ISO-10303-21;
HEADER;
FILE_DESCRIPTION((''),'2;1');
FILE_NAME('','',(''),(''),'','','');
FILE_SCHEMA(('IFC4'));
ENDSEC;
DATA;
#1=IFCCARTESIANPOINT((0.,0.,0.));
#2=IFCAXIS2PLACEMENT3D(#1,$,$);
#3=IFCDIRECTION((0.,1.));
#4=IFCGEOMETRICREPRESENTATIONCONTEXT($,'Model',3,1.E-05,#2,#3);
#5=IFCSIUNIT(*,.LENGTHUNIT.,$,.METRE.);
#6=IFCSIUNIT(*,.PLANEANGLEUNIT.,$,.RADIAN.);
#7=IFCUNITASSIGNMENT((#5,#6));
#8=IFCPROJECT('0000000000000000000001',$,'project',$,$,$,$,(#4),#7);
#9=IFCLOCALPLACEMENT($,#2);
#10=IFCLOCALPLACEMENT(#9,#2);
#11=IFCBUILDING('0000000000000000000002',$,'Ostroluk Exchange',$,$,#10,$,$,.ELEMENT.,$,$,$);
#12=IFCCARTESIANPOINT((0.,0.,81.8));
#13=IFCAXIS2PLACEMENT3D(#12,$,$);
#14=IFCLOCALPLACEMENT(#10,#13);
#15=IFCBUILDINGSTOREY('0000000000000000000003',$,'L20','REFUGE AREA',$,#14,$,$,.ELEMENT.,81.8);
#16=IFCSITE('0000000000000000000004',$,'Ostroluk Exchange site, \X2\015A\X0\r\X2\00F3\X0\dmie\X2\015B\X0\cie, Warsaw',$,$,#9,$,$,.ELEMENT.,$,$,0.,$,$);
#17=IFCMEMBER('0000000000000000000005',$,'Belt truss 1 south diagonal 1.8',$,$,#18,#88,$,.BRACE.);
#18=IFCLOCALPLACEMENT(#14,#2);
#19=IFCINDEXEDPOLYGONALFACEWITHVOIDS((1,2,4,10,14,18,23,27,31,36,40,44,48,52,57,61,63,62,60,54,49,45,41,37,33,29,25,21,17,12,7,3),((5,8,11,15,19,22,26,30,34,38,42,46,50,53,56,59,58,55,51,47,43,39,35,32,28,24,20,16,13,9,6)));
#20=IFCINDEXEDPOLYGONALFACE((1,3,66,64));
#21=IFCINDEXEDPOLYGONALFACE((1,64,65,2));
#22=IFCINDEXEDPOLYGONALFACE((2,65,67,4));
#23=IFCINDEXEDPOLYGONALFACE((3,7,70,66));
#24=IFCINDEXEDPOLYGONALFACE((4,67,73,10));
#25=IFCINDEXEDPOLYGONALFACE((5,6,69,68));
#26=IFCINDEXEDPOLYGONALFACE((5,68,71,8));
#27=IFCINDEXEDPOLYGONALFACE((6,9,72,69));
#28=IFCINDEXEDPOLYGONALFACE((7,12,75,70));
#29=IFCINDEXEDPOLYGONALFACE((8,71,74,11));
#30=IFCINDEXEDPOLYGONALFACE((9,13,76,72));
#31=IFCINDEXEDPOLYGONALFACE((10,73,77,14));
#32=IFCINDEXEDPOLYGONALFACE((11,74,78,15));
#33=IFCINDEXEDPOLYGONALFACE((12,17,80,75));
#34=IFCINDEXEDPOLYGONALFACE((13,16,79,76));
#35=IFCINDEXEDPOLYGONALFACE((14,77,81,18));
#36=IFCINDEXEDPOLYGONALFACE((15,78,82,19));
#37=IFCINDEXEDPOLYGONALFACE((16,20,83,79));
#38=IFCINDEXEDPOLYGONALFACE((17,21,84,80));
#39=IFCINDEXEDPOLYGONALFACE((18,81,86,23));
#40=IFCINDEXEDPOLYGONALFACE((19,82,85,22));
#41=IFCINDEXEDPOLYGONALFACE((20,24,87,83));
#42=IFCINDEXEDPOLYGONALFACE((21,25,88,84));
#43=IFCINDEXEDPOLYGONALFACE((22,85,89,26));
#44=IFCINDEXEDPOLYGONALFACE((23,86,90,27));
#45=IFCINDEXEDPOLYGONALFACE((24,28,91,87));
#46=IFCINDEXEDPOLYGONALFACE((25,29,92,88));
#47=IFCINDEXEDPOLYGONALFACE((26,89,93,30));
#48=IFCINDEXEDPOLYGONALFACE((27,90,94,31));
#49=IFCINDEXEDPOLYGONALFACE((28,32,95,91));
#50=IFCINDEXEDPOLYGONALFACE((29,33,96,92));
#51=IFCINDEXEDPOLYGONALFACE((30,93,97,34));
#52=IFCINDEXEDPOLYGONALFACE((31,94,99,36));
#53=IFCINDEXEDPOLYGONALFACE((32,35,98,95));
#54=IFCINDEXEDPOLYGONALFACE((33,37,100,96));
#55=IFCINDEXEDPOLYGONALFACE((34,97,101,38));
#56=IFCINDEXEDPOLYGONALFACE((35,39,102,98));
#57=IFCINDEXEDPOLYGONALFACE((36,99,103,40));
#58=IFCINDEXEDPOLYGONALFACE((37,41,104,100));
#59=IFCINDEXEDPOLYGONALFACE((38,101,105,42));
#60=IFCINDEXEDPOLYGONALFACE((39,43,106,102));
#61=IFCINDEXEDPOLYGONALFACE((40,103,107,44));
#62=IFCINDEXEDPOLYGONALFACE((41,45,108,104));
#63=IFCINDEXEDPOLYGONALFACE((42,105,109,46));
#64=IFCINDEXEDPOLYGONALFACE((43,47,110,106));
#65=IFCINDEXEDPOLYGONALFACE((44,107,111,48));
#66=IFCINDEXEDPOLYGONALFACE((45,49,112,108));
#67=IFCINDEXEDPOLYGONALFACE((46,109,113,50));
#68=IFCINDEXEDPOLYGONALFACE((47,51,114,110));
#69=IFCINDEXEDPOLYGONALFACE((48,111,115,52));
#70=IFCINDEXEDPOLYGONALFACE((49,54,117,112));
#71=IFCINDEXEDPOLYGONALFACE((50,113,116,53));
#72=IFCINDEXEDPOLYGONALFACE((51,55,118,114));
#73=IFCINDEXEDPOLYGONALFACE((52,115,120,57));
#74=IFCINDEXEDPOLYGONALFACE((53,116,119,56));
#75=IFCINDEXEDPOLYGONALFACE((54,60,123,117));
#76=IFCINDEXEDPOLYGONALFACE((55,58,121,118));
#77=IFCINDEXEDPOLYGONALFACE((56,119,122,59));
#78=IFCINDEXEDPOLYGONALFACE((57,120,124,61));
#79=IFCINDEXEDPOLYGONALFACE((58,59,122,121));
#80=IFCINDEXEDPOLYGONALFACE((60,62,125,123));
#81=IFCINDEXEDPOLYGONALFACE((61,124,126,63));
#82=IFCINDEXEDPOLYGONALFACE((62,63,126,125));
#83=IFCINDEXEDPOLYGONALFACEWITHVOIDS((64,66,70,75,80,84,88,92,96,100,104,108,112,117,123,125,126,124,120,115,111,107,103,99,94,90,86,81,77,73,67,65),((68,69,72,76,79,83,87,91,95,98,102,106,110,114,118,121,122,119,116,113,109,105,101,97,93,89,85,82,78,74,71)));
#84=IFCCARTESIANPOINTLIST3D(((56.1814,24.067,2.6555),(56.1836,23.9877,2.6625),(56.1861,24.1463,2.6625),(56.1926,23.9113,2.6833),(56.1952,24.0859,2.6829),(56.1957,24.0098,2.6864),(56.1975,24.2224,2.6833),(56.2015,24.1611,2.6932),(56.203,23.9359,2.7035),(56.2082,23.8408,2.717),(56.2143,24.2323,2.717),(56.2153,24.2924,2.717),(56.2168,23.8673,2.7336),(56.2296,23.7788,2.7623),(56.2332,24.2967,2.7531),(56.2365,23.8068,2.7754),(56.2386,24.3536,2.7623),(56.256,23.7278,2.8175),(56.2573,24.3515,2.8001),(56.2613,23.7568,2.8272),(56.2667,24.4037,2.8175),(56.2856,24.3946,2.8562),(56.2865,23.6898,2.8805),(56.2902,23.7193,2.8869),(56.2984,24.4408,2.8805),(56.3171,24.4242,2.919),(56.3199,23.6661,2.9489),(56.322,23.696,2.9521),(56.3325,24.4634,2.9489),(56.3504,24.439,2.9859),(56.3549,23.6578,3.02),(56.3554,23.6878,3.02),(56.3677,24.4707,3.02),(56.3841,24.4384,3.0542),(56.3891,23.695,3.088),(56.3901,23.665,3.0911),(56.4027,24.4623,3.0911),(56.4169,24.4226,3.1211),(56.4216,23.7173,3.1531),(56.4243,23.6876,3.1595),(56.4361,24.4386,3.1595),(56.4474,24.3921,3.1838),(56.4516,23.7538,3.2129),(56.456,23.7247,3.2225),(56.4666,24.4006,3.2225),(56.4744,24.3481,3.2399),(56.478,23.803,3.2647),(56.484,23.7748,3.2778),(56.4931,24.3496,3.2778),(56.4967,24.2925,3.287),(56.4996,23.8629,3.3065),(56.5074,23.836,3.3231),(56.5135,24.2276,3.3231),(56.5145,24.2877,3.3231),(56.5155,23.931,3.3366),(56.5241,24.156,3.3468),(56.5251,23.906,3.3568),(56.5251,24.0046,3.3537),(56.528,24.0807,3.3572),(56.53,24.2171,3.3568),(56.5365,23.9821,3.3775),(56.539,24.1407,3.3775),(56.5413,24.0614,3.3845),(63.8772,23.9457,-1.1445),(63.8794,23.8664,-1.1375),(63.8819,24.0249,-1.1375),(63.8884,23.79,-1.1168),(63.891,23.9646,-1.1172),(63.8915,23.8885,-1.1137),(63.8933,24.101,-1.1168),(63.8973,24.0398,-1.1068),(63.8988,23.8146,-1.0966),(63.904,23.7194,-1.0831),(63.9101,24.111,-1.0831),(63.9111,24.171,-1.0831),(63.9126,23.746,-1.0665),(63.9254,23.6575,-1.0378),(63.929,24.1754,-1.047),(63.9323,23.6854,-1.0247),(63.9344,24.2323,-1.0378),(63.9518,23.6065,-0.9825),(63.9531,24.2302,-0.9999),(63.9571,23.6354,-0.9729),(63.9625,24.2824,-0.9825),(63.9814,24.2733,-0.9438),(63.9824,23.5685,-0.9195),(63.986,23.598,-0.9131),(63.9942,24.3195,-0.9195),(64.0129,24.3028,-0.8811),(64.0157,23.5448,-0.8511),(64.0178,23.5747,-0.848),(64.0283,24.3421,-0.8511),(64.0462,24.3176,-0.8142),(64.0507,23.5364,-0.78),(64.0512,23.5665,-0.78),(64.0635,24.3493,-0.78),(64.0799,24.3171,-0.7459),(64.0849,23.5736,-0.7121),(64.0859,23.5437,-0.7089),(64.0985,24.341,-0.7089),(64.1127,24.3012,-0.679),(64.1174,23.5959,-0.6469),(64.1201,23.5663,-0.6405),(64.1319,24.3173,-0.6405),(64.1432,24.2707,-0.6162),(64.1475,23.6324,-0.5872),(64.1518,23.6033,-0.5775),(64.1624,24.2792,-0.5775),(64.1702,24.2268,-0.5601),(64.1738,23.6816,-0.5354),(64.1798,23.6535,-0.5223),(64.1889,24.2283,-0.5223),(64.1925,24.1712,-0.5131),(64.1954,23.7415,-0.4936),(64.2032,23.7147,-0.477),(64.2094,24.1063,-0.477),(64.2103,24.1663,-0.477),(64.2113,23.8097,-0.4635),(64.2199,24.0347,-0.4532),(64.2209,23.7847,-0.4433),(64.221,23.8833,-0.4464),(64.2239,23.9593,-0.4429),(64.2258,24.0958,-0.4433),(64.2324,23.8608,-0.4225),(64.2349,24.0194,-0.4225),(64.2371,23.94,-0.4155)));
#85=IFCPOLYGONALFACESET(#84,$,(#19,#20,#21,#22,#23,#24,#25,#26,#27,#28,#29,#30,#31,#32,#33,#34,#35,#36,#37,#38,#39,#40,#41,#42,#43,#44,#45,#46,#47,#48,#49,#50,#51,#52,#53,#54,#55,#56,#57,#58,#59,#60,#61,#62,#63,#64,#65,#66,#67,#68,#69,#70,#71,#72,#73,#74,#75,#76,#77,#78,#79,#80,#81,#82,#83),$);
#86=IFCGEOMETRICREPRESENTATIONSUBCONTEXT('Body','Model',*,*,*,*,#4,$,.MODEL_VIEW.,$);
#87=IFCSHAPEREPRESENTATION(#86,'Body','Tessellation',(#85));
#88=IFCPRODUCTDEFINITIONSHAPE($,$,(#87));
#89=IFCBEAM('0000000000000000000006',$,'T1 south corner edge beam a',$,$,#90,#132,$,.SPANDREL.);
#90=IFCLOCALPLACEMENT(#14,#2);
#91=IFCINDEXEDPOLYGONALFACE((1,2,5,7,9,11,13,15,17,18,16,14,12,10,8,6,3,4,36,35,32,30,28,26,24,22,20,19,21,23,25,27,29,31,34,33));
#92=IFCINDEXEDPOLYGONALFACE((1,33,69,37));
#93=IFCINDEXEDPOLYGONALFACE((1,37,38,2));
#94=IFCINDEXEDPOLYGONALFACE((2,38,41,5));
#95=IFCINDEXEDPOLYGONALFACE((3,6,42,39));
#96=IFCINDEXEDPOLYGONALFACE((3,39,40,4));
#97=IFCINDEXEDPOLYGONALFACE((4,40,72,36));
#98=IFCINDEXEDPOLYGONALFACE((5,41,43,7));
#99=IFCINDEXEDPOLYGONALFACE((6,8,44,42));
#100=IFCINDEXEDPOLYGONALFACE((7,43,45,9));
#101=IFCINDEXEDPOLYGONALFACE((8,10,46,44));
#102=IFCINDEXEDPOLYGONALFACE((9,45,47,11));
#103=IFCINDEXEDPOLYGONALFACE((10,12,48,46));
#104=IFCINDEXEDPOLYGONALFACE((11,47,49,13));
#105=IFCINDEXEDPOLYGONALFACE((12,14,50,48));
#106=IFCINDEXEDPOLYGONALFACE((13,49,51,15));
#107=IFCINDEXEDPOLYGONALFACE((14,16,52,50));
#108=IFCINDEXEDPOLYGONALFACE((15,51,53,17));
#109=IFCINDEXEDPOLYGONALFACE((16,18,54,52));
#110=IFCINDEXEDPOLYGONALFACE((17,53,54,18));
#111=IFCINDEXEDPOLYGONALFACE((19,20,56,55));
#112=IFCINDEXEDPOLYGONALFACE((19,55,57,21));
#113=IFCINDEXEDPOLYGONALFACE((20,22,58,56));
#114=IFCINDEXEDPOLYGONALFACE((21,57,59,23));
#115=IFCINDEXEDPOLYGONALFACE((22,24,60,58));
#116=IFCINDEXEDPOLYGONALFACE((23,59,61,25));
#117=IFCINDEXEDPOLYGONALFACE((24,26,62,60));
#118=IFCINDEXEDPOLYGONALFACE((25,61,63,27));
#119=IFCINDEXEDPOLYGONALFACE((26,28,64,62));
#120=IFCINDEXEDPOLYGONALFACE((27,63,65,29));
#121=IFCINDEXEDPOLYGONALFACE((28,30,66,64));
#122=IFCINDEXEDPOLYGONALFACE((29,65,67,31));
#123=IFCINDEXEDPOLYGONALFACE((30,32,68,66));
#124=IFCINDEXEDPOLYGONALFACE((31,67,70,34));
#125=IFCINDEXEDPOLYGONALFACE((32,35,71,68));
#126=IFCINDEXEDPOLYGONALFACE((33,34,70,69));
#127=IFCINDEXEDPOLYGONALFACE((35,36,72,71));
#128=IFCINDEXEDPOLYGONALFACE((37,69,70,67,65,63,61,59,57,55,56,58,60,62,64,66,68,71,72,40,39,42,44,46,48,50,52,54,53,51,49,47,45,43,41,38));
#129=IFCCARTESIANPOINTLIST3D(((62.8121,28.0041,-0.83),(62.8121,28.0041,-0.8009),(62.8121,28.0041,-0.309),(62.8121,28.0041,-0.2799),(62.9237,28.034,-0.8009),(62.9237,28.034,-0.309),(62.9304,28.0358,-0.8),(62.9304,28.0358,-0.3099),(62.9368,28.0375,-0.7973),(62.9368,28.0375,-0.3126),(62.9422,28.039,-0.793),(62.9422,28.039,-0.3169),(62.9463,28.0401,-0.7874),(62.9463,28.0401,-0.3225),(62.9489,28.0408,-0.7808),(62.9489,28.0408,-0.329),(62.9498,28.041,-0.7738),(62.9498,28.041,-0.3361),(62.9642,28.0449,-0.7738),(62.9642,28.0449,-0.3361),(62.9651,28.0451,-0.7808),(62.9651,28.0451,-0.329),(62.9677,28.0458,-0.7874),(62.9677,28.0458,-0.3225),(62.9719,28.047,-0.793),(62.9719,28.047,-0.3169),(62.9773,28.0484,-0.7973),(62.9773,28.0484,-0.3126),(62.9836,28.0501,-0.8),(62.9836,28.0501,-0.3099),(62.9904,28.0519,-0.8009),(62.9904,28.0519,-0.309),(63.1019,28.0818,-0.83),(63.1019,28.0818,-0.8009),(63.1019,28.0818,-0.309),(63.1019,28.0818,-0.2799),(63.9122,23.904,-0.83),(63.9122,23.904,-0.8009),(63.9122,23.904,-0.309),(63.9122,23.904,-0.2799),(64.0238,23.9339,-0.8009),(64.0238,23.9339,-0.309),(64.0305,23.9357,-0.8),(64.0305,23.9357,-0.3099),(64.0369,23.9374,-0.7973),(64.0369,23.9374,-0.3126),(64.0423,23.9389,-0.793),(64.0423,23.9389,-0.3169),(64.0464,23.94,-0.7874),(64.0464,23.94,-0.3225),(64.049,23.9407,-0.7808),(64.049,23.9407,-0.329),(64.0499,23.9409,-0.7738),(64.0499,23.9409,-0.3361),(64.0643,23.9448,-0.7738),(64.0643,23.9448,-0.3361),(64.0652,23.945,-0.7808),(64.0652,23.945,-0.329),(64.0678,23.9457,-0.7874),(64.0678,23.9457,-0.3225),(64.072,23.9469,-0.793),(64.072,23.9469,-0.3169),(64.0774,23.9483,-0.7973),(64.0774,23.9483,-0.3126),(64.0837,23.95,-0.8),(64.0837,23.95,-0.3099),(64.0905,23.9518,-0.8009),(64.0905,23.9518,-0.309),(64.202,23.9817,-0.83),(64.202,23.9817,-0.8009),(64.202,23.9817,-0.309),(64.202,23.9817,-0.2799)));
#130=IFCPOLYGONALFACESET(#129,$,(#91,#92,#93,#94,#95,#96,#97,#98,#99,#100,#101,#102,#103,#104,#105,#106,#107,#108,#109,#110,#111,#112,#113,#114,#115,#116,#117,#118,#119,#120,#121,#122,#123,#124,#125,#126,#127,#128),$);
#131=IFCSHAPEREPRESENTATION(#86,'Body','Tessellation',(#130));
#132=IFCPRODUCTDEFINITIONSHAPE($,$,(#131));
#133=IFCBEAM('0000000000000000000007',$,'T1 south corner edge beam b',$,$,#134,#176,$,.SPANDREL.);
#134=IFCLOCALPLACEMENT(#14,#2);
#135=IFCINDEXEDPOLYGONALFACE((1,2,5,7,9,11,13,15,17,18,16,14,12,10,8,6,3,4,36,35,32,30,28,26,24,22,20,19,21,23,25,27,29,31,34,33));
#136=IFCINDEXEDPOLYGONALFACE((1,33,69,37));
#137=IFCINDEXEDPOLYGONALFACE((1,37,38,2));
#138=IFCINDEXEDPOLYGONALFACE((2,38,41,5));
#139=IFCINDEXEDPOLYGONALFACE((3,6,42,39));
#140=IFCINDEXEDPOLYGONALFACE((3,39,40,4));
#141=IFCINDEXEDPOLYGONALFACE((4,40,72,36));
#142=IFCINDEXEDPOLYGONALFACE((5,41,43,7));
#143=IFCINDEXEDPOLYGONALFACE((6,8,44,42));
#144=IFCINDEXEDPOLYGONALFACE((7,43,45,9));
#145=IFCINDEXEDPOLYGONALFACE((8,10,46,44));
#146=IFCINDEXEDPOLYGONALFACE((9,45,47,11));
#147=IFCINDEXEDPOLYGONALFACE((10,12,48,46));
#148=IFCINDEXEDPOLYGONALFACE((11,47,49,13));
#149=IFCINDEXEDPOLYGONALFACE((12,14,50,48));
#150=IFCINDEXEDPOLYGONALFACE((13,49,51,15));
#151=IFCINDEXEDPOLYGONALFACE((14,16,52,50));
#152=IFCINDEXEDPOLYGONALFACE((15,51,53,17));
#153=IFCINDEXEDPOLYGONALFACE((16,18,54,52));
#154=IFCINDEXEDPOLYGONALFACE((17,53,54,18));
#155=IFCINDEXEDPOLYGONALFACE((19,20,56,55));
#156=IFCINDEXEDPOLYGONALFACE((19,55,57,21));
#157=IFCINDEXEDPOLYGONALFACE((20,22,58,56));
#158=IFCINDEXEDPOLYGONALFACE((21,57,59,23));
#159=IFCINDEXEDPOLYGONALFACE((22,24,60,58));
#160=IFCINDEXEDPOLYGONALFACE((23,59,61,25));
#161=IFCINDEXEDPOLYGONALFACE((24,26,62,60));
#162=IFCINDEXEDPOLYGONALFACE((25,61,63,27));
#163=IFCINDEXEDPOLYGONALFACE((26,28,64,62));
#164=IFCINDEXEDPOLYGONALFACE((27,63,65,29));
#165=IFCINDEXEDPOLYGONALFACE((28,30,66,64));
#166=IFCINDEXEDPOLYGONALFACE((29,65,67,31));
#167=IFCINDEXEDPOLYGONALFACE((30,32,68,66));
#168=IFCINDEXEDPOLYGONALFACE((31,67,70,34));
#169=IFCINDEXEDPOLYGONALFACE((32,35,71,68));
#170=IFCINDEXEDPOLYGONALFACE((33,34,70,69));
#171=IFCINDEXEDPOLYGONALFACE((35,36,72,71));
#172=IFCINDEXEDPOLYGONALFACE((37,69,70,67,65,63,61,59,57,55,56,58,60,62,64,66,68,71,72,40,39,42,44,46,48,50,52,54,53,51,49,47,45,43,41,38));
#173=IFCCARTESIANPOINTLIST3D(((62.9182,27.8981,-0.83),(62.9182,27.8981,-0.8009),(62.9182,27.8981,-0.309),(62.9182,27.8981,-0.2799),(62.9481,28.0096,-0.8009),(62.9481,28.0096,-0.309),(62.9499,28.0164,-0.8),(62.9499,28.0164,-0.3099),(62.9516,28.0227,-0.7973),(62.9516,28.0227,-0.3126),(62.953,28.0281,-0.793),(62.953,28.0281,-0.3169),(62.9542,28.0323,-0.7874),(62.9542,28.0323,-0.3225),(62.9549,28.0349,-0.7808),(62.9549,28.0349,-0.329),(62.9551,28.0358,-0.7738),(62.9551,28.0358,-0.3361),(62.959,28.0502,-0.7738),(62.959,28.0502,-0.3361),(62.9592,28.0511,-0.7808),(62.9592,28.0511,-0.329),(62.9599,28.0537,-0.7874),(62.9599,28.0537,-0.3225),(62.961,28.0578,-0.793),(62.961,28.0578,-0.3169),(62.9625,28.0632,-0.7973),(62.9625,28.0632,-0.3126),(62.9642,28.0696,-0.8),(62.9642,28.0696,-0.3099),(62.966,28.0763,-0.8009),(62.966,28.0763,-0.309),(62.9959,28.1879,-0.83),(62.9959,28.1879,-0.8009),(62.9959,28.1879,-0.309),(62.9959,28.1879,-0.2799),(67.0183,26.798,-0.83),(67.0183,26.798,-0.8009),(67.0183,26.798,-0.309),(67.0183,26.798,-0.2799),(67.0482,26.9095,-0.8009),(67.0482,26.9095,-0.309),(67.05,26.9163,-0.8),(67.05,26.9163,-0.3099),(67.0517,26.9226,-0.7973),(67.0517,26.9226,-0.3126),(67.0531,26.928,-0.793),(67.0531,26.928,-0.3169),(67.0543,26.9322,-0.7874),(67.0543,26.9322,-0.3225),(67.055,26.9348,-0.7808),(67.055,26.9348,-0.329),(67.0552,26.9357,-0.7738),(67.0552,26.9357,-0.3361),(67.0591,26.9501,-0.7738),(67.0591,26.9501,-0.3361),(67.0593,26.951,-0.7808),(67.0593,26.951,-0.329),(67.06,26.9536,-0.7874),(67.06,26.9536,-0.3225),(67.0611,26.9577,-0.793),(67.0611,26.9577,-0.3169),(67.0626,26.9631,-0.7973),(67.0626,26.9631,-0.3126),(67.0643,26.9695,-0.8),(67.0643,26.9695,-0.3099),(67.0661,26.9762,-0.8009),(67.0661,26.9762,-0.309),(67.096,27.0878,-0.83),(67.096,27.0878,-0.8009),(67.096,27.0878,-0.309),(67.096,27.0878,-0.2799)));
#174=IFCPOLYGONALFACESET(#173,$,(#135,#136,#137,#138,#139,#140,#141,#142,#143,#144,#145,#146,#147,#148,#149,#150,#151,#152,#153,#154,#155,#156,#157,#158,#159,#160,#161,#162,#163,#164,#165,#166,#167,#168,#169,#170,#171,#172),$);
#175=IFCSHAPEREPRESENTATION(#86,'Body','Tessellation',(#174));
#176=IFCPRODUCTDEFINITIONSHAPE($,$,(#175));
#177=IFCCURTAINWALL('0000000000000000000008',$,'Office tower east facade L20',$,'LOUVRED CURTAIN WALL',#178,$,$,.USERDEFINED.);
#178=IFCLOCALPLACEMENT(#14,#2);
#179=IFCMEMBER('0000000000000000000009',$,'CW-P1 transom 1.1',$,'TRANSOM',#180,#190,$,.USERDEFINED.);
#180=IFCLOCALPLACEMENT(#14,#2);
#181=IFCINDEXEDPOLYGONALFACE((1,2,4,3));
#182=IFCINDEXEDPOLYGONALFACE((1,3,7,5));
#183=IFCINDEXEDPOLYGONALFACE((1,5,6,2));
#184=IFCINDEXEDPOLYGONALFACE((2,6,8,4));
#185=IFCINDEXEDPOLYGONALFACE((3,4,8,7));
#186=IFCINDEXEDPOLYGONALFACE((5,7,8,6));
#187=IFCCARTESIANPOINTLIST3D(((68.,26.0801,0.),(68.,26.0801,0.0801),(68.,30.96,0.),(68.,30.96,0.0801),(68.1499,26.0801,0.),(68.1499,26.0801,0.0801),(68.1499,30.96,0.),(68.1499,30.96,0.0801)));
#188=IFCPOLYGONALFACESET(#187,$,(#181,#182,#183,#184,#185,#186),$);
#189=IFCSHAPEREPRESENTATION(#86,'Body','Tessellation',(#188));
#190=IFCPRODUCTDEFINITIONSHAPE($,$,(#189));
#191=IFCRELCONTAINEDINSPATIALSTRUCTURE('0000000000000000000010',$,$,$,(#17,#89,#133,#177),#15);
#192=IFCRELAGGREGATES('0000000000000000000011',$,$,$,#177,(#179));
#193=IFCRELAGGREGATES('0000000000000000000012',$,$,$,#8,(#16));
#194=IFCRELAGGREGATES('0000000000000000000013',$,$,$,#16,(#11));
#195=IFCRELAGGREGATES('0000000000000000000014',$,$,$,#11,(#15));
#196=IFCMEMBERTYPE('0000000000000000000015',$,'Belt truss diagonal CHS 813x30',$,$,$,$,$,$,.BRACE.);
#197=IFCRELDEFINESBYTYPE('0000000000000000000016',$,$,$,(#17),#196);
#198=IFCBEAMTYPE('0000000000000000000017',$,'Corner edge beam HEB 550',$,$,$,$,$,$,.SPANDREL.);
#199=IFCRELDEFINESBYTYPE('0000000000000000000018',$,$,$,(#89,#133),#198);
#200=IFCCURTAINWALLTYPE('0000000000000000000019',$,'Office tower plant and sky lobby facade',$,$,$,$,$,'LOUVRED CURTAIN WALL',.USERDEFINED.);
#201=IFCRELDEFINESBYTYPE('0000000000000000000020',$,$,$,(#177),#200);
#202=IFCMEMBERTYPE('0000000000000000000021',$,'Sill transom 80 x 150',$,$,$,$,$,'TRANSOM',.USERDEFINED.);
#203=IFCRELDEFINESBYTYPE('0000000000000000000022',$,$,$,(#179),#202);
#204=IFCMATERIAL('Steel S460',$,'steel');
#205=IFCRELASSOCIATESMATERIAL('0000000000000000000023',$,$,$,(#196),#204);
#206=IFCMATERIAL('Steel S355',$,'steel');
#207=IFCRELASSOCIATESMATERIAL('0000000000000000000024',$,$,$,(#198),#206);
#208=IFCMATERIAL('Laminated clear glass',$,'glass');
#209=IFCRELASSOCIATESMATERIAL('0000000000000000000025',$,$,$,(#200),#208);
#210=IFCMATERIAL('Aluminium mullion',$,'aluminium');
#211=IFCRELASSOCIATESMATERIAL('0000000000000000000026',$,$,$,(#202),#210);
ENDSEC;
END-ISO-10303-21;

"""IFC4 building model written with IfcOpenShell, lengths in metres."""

from ifc_helpers import new_model, si_unit, direction, frame, origin, origin_2d, place, context, subcontext, project, spatial, rectangle, hollow_circle, i_section, extrude, material, material_profile, profile_set, type_object, element, aggregate, save


model = new_model("IFC4")

# Units and contexts
model_context = context("Model", 3, precision=1e-05, world=origin(), true_north=direction((0.0, 1.0)))
body_context = subcontext(model_context, "Body", "Model", "MODEL_VIEW")
ifc_project = project(units=[si_unit("LENGTHUNIT", "METRE"), si_unit("PLANEANGLEUNIT", "RADIAN")], contexts=[model_context])

# Site, building, storey
site_placement = place(None, origin())
site = spatial("IfcSite", under=ifc_project, at=site_placement, Name="Ostroluk Exchange site, Śródmieście, Warsaw", CompositionType="ELEMENT", RefElevation=0.0)
building_placement = place(site_placement, origin())
building = spatial("IfcBuilding", under=site, at=building_placement, Name="Ostroluk Exchange", CompositionType="ELEMENT")
storey_placement = place(building_placement, frame((0.0, 0.0, 81.8)))
storey = spatial("IfcBuildingStorey", under=building, at=storey_placement, Name="L20", Description="REFUGE AREA", CompositionType="ELEMENT", Elevation=81.8)

# Member
ifc_material_1 = material(Name="Steel S460", Category="steel")
ifc_material_profile_1 = material_profile(ifc_material_1, hollow_circle(Radius=0.4065, WallThickness=0.03, at=origin_2d()), Name="CHS 813x30")
ifc_profile_set_1 = profile_set([ifc_material_profile_1], Name="Steel S460")
member_type_1 = type_object("IfcMemberType", Name="Belt truss diagonal CHS 813x30", PredefinedType="BRACE", material=ifc_profile_set_1)
for number, where, z_axis, x_axis, name in (
    (1, (64.0571, 23.9429, -0.78), (-0.896557, 0.014136, 0.442704), (-0.015765, -0.999876, 0.0), "Belt truss 1 south diagonal 1.8"),
):
    element("IfcMember", number, at=place(storey_placement, frame(where, z_axis=z_axis, x_axis=x_axis)), inside=storey, type_object=member_type_1, Name=name, PredefinedType="BRACE", context=body_context, shape_type="SweptSolid", body=[
        extrude(hollow_circle(Radius=0.4065, WallThickness=0.03, at=origin_2d()), origin(), (0.0, 0.0, 1.0), 8.5837),
    ])

# Beams
ifc_material_2 = material(Name="Steel S355", Category="steel")
ifc_material_profile_2 = material_profile(ifc_material_2, i_section(OverallWidth=0.3, OverallDepth=0.55, WebThickness=0.0149, FlangeThickness=0.0291, FilletRadius=0.0271, at=origin_2d()), Name="HEB 550")
ifc_profile_set_2 = profile_set([ifc_material_profile_2], Name="Steel S355")
beam_type_1 = type_object("IfcBeamType", Name="Corner edge beam HEB 550", PredefinedType="SPANDREL", material=ifc_profile_set_2)
for number, where, z_axis, x_axis, name in (
    (2, (62.957, 28.043, -0.5549), (0.259144, -0.965839, 0.0), (0.965839, 0.259144, 0.0), "T1 south corner edge beam a"),
    (3, (62.957, 28.043, -0.5549), (0.965839, -0.259144, 0.0), (0.259144, 0.965839, 0.0), "T1 south corner edge beam b"),
):
    element("IfcBeam", number, at=place(storey_placement, frame(where, z_axis=z_axis, x_axis=x_axis)), inside=storey, type_object=beam_type_1, Name=name, PredefinedType="SPANDREL", context=body_context, shape_type="SweptSolid", body=[
        extrude(i_section(OverallWidth=0.3, OverallDepth=0.55, WebThickness=0.0149, FlangeThickness=0.0291, FilletRadius=0.0271, at=origin_2d()), origin(), (0.0, 0.0, 1.0), 4.2451),
    ])

# Curtain wall, member
ifc_material_3 = material(Name="Laminated clear glass", Category="glass")
curtain_wall_type = type_object("IfcCurtainWallType", Name="Office tower plant and sky lobby facade", ElementType="LOUVRED CURTAIN WALL", PredefinedType="USERDEFINED", material=ifc_material_3)
curtain_wall_1_placement = place(storey_placement, origin())
curtain_wall_1 = element("IfcCurtainWall", 4, at=curtain_wall_1_placement, inside=storey, type_object=curtain_wall_type, Name="Office tower east facade L20", ObjectType="LOUVRED CURTAIN WALL", PredefinedType="USERDEFINED")
ifc_material_4 = material(Name="Aluminium mullion", Category="aluminium")
ifc_material_profile_3 = material_profile(ifc_material_4, rectangle(XDim=0.1499, YDim=0.0801, at=origin_2d()), Name="Sill transom 80 x 150")
ifc_profile_set_3 = profile_set([ifc_material_profile_3], Name="Aluminium mullion")
member_type_2 = type_object("IfcMemberType", Name="Sill transom 80 x 150", ElementType="TRANSOM", PredefinedType="USERDEFINED", material=ifc_profile_set_3)
member_1_placement = place(storey_placement, frame((68.075, 26.0801, 0.04), z_axis=(0.0, 1.0, 0.0), x_axis=(-1.0, 0.0, 0.0)))
member_1 = element("IfcMember", 5, at=member_1_placement, type_object=member_type_2, Name="CW-P1 transom 1.1", ObjectType="TRANSOM", PredefinedType="USERDEFINED", context=body_context, shape_type="SweptSolid", body=[
    extrude(rectangle(XDim=0.1499, YDim=0.0801, at=origin_2d()), origin(), (0.0, 0.0, 1.0), 4.8799),
])

aggregate(curtain_wall_1, [member_1])

save(model, "model.ifc")
